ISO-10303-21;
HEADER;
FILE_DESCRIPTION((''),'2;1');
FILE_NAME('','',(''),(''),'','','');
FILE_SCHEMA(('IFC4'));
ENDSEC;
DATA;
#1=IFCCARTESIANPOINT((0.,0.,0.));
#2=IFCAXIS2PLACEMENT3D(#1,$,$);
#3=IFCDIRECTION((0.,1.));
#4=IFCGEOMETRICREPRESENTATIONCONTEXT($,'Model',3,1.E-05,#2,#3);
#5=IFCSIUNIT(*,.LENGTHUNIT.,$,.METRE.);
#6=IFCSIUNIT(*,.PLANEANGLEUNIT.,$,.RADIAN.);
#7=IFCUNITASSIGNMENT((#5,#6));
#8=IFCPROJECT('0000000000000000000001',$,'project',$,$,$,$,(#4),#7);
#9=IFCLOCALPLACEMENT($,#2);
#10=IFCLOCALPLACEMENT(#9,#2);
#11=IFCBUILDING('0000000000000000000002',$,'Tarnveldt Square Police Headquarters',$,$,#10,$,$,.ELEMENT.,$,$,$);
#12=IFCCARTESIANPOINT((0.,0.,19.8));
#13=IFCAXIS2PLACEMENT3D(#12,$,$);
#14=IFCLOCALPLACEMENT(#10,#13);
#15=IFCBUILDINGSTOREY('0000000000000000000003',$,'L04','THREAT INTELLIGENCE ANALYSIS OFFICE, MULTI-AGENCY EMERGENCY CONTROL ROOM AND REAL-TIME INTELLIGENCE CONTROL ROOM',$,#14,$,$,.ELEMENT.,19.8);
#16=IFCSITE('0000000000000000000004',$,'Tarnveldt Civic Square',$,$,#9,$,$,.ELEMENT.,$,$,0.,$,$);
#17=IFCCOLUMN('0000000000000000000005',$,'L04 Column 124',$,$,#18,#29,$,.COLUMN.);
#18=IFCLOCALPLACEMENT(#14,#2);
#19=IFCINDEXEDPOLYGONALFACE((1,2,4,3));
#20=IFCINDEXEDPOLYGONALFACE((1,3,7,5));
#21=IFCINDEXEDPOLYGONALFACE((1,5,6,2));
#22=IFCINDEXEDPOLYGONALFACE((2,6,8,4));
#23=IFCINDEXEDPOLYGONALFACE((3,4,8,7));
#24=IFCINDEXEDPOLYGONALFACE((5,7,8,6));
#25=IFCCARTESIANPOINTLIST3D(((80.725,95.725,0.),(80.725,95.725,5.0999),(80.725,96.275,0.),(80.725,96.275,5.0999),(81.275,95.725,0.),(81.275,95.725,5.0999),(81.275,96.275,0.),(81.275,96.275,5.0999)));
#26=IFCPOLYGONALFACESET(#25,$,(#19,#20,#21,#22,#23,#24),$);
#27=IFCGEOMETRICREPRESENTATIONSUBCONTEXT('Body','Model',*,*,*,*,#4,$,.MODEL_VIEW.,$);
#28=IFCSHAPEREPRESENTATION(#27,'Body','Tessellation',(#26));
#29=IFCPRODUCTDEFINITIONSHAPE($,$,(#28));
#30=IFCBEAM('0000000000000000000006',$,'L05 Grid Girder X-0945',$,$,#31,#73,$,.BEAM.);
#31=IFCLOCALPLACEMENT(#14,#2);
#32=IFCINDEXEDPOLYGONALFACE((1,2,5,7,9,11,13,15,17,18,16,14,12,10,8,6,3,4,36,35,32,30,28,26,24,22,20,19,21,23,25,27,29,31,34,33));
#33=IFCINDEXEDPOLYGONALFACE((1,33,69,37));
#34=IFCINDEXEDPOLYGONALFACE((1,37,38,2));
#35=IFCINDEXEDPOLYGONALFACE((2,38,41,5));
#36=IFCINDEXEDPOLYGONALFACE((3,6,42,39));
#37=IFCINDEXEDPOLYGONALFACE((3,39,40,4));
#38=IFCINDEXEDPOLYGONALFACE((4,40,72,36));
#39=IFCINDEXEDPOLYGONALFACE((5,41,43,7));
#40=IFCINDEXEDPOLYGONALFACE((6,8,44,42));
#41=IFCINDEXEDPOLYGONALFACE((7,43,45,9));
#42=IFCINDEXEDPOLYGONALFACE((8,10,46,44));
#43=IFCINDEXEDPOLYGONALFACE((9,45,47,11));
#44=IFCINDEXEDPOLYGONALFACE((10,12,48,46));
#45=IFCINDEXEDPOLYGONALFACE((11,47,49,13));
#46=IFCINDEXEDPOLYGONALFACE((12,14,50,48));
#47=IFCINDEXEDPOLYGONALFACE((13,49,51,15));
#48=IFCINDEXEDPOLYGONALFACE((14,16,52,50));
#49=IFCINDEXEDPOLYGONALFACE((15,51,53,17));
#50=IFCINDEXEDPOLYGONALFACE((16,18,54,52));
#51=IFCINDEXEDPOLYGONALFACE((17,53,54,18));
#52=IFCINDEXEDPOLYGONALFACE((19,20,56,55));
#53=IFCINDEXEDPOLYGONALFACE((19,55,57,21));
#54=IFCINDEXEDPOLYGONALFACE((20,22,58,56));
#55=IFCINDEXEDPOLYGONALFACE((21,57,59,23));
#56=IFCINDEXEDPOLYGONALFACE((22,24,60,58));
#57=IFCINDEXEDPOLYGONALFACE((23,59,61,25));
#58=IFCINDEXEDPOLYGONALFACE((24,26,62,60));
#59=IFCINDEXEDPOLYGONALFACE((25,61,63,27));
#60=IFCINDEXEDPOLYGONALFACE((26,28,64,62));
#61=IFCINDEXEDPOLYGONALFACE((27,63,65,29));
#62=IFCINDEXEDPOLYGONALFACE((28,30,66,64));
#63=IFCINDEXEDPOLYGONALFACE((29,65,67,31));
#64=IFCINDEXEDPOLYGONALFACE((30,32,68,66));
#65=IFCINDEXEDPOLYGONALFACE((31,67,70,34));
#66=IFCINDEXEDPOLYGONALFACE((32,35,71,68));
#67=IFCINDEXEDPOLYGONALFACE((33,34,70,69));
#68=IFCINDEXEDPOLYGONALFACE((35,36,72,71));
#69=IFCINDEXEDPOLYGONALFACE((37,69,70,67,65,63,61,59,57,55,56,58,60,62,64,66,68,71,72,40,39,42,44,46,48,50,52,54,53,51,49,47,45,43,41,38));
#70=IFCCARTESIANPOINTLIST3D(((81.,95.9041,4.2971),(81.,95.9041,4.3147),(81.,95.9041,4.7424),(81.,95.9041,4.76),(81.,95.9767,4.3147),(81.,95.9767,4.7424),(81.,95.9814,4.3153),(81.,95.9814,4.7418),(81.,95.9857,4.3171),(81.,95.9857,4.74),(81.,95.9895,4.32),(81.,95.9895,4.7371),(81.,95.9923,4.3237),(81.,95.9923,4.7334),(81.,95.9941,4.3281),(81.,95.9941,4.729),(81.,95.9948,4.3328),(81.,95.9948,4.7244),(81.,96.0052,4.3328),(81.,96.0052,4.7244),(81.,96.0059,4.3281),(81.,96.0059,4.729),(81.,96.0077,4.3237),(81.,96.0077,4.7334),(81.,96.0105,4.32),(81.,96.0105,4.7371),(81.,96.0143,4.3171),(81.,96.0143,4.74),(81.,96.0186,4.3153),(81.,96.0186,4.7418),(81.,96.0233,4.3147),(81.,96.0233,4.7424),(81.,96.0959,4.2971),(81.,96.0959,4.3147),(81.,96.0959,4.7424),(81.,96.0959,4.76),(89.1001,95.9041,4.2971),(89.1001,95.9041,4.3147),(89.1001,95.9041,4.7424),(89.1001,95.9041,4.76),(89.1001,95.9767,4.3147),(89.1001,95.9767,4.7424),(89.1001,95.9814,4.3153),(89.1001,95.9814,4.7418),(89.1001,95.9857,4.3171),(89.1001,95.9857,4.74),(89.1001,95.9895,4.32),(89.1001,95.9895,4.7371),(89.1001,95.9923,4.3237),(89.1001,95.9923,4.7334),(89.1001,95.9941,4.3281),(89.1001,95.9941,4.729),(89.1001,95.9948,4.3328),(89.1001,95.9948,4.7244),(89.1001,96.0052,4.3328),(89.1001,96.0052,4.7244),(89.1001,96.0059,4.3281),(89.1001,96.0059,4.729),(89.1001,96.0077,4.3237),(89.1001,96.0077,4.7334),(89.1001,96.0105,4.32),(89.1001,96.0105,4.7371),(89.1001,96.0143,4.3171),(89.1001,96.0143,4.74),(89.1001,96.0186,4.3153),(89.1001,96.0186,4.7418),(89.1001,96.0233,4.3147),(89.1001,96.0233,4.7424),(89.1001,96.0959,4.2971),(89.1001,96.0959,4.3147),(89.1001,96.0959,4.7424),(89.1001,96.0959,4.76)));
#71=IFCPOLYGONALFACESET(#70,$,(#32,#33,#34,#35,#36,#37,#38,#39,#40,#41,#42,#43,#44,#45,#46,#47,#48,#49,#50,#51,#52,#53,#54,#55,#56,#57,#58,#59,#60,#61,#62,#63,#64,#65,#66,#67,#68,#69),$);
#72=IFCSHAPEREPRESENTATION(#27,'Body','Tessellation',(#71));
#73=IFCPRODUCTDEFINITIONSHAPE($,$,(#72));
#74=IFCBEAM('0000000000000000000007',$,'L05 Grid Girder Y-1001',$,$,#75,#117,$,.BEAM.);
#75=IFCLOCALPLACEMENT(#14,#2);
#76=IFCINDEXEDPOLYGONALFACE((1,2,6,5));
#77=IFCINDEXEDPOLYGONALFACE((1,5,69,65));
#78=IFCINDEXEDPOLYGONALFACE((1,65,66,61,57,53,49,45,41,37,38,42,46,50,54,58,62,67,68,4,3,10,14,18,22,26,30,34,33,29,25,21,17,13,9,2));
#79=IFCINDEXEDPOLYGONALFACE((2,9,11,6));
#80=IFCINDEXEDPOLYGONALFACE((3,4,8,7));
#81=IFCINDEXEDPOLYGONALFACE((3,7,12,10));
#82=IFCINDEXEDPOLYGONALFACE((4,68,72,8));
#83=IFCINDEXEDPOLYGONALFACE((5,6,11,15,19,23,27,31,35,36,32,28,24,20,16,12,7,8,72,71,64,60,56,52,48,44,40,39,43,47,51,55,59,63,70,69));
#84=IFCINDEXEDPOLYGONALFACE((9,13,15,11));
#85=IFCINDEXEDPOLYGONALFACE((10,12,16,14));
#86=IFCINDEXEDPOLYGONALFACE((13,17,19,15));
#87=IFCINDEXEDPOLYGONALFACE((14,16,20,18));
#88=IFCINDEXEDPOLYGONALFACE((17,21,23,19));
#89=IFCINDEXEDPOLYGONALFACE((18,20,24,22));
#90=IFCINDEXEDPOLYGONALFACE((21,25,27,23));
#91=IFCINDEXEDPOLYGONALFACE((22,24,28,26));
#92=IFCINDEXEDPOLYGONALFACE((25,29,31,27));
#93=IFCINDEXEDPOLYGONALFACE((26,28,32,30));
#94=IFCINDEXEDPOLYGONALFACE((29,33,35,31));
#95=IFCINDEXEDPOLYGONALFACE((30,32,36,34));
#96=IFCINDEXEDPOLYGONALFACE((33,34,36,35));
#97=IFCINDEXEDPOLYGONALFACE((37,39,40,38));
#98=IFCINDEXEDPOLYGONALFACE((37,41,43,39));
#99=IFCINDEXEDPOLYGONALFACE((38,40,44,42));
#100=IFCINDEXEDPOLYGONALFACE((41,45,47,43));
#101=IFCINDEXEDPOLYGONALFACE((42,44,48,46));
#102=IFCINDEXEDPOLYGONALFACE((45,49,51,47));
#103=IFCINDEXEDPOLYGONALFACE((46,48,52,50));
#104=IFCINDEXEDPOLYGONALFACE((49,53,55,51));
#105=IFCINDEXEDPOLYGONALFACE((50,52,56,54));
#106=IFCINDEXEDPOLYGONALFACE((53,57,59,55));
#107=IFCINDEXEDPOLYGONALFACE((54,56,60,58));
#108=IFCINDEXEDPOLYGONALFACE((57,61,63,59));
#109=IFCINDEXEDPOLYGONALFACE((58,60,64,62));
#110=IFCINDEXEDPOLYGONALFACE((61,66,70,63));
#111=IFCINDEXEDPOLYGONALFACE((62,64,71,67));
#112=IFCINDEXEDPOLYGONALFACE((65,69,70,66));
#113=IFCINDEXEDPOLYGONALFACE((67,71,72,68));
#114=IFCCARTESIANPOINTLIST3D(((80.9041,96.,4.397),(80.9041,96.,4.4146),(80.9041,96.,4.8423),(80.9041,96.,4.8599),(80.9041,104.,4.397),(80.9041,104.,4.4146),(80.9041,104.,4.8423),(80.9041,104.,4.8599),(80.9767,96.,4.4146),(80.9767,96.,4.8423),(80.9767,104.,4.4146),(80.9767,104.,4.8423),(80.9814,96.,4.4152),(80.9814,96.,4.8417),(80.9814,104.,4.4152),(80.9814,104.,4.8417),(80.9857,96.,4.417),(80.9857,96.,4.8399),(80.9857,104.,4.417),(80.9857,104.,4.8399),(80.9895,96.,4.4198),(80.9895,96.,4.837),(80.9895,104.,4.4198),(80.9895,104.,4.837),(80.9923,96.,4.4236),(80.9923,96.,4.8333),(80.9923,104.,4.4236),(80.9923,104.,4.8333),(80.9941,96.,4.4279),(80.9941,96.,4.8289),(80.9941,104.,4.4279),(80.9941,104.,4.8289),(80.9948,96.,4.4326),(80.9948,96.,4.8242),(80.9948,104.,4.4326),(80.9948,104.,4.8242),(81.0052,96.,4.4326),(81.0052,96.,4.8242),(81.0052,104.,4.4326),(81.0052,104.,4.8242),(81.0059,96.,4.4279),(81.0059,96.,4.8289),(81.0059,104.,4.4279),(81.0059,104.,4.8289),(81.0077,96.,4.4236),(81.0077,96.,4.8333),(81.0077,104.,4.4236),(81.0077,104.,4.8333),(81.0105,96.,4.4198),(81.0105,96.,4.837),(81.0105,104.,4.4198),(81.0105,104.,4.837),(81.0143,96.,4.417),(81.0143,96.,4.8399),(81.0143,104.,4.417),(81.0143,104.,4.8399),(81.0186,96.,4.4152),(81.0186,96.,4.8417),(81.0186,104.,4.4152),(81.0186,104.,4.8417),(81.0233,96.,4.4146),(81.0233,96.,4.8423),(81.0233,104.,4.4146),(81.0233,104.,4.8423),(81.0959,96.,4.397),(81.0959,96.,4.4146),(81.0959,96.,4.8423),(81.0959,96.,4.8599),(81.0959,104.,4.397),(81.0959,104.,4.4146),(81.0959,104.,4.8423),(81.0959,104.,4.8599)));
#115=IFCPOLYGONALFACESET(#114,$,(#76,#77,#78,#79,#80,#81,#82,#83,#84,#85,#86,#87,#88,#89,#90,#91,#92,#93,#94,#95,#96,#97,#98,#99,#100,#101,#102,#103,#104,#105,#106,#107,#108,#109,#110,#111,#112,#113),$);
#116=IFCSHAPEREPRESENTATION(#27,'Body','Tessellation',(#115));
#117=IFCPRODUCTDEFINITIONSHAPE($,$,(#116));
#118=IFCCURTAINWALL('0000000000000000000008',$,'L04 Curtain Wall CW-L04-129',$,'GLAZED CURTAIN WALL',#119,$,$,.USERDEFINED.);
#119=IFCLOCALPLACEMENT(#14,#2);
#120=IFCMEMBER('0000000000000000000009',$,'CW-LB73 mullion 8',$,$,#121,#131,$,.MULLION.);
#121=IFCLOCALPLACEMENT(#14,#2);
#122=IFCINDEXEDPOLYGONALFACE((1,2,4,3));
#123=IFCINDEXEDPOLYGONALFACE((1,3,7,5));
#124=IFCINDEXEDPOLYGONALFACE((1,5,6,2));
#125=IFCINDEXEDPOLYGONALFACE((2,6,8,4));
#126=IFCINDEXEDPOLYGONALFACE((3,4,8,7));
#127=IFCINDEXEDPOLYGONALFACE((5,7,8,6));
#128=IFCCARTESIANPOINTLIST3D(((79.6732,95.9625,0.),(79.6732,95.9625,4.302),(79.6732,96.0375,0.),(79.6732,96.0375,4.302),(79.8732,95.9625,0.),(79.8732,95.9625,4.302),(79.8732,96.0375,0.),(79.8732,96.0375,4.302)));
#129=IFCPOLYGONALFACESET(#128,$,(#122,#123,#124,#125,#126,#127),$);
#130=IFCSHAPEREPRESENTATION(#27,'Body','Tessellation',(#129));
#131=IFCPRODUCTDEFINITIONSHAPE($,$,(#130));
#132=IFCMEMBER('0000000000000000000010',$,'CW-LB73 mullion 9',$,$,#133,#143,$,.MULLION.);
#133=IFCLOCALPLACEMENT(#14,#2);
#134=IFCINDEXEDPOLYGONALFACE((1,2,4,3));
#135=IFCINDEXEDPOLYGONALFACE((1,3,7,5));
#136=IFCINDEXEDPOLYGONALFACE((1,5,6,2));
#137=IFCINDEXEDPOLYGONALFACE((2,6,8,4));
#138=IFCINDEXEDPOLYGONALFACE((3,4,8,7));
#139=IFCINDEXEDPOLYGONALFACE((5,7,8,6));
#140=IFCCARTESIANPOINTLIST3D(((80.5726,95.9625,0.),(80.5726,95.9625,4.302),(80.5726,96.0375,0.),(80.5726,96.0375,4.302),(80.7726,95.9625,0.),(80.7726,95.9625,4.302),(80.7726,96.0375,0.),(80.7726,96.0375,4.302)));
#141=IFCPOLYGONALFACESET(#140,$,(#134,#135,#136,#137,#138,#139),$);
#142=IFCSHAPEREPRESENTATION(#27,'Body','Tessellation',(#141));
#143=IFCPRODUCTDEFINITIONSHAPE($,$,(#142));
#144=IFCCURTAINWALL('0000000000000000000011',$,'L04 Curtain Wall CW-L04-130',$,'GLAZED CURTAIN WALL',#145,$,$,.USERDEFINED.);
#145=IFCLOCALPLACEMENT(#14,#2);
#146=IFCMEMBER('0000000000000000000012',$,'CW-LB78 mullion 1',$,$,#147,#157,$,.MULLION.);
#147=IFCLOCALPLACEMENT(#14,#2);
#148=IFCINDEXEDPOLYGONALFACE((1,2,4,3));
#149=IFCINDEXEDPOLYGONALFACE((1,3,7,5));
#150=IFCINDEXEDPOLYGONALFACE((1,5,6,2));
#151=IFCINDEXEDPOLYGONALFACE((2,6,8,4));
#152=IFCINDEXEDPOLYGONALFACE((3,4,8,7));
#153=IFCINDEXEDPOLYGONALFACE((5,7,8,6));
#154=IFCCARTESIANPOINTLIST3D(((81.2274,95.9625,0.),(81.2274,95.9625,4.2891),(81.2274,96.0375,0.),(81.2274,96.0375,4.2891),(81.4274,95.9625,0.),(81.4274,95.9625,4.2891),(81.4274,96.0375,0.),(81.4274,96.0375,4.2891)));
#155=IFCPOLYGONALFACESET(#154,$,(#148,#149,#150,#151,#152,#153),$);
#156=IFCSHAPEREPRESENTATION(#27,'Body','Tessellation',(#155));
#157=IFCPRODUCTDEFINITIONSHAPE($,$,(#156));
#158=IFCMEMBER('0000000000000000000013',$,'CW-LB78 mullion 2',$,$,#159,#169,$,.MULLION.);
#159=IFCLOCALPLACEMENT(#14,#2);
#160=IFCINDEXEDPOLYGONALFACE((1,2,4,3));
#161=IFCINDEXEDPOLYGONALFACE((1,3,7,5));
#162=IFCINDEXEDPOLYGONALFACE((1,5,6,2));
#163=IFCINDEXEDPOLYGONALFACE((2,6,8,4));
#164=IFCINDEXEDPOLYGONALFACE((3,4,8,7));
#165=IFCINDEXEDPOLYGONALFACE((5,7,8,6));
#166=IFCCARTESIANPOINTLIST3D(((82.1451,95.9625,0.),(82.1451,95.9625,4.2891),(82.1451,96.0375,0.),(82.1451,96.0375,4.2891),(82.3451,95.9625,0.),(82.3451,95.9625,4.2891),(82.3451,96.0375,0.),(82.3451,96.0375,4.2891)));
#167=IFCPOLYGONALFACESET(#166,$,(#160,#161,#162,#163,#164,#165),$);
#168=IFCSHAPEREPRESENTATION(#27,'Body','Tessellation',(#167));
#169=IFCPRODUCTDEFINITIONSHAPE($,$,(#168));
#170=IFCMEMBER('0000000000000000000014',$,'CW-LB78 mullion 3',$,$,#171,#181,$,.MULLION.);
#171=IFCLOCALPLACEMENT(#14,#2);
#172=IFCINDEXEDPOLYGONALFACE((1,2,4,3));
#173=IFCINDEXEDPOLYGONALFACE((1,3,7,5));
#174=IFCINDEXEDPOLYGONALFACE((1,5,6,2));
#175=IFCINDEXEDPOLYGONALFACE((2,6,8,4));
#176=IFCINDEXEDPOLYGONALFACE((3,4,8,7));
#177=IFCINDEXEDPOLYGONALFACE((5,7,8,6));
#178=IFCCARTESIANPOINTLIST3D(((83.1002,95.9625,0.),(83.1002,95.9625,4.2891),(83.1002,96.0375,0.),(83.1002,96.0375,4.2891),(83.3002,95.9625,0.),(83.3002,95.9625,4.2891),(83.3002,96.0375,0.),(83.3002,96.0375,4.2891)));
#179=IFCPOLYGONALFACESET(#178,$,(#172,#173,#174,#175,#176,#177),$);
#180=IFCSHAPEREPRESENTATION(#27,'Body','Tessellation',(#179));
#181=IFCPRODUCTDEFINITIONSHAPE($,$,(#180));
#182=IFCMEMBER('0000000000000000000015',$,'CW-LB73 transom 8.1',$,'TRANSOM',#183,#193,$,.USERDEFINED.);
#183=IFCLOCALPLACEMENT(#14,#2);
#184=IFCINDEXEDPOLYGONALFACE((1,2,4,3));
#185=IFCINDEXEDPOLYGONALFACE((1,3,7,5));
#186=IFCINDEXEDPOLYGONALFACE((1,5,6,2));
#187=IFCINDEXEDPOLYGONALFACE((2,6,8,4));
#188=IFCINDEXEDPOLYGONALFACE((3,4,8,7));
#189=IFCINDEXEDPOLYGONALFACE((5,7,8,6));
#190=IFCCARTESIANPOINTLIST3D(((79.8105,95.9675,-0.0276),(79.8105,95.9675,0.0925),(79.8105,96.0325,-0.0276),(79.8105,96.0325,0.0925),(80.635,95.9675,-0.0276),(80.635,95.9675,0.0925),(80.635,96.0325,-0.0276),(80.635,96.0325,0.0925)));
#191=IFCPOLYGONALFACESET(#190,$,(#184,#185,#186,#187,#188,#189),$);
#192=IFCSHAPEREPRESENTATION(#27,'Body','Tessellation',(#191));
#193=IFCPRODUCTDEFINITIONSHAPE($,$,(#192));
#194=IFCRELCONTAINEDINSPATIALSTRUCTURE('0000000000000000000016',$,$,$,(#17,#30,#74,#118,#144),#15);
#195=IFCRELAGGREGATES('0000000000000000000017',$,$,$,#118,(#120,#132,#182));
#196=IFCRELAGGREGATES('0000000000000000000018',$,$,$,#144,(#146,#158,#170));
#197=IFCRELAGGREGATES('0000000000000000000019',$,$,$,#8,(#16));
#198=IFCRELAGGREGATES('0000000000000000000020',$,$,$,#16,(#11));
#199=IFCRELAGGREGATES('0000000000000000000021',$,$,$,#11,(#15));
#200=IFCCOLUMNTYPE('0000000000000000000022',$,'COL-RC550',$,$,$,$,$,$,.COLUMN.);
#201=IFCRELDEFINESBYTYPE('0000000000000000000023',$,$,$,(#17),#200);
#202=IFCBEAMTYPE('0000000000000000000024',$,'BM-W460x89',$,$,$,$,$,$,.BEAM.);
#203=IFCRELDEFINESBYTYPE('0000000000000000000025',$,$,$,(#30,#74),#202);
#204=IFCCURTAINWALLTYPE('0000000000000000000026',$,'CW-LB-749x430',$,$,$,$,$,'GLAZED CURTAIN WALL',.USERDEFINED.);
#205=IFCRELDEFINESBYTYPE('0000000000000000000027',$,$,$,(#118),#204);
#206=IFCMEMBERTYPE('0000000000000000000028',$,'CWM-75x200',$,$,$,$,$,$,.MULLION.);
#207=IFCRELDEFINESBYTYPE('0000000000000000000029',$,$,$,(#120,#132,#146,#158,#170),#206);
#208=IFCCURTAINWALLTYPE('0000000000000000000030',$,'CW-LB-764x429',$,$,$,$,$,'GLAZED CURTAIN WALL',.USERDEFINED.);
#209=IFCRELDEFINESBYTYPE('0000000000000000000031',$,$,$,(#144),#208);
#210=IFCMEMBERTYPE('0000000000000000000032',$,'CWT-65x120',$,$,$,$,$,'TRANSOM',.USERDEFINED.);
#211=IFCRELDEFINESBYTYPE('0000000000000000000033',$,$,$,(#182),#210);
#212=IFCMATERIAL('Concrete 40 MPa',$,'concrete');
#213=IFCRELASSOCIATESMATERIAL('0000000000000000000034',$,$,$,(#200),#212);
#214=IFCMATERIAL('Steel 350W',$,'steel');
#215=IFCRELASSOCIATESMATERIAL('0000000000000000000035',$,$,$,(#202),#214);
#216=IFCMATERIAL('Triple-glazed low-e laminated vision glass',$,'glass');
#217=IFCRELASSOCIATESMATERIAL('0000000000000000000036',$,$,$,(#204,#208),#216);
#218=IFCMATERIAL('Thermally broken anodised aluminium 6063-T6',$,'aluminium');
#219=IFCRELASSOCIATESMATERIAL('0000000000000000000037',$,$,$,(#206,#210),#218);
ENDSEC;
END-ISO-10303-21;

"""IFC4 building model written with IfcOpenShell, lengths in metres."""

from ifc_helpers import new_model, si_unit, direction, frame, origin, origin_2d, place, context, subcontext, project, spatial, rectangle, i_section, extrude, material, material_profile, profile_set, type_object, element, aggregate, save


model = new_model("IFC4")

# Units and contexts
model_context = context("Model", 3, precision=1e-05, world=origin(), true_north=direction((0.0, 1.0)))
body_context = subcontext(model_context, "Body", "Model", "MODEL_VIEW")
ifc_project = project(units=[si_unit("LENGTHUNIT", "METRE"), si_unit("PLANEANGLEUNIT", "RADIAN")], contexts=[model_context])

# Site, building, storey
site_placement = place(None, origin())
site = spatial("IfcSite", under=ifc_project, at=site_placement, Name="Tarnveldt Civic Square", CompositionType="ELEMENT", RefElevation=0.0)
building_placement = place(site_placement, origin())
building = spatial("IfcBuilding", under=site, at=building_placement, Name="Tarnveldt Square Police Headquarters", CompositionType="ELEMENT")
storey_placement = place(building_placement, frame((0.0, 0.0, 19.8)))
storey = spatial("IfcBuildingStorey", under=building, at=storey_placement, Name="L04", Description="THREAT INTELLIGENCE ANALYSIS OFFICE, MULTI-AGENCY EMERGENCY CONTROL ROOM AND REAL-TIME INTELLIGENCE CONTROL ROOM", CompositionType="ELEMENT", Elevation=19.8)

# Column
ifc_material_1 = material(Name="Concrete 40 MPa", Category="concrete")
ifc_material_profile_1 = material_profile(ifc_material_1, rectangle(XDim=0.55, YDim=0.55, at=origin_2d()), Name="RC-C550x550")
ifc_profile_set_1 = profile_set([ifc_material_profile_1], Name="Concrete 40 MPa")
column_type = type_object("IfcColumnType", Name="COL-RC550", PredefinedType="COLUMN", material=ifc_profile_set_1)
column_placement = place(storey_placement, frame((81.0, 96.0, 0.0), z_axis=(0.0, 0.0, 1.0), x_axis=(1.0, 0.0, 0.0)))
element("IfcColumn", 1, at=column_placement, inside=storey, type_object=column_type, Name="L04 Column 124", PredefinedType="COLUMN", context=body_context, shape_type="SweptSolid", body=[
    extrude(rectangle(XDim=0.55, YDim=0.55, at=origin_2d()), origin(), (0.0, 0.0, 1.0), 5.0999),
])

# Beams
ifc_material_2 = material(Name="Steel 350W", Category="steel")
ifc_material_profile_2 = material_profile(ifc_material_2, i_section(OverallWidth=0.1919, OverallDepth=0.4629, WebThickness=0.0105, FlangeThickness=0.0176, FilletRadius=0.0181, at=origin_2d()), Name="W460x89")
ifc_profile_set_2 = profile_set([ifc_material_profile_2], Name="Steel 350W")
beam_type = type_object("IfcBeamType", Name="BM-W460x89", PredefinedType="BEAM", material=ifc_profile_set_2)
beam_1_placement = place(storey_placement, frame((81.0, 96.0, 4.5286), z_axis=(1.0, 0.0, 0.0), x_axis=(0.0, 1.0, 0.0)))
element("IfcBeam", 2, at=beam_1_placement, inside=storey, type_object=beam_type, Name="L05 Grid Girder X-0945", PredefinedType="BEAM", context=body_context, shape_type="SweptSolid", body=[
    extrude(i_section(OverallWidth=0.1919, OverallDepth=0.4629, WebThickness=0.0105, FlangeThickness=0.0176, FilletRadius=0.0181, at=origin_2d()), origin(), (0.0, 0.0, 1.0), 8.1001),
])
beam_2_placement = place(storey_placement, frame((81.0, 96.0, 4.6284), z_axis=(0.0, 1.0, 0.0), x_axis=(-1.0, 0.0, 0.0)))
element("IfcBeam", 3, at=beam_2_placement, inside=storey, type_object=beam_type, Name="L05 Grid Girder Y-1001", PredefinedType="BEAM", context=body_context, shape_type="SweptSolid", body=[
    extrude(i_section(OverallWidth=0.1919, OverallDepth=0.4629, WebThickness=0.0105, FlangeThickness=0.0176, FilletRadius=0.0181, at=origin_2d()), origin(), (0.0, 0.0, 1.0), 8.0),
])

# Curtain walls, members
ifc_material_3 = material(Name="Triple-glazed low-e laminated vision glass", Category="glass")
curtain_wall_type_1 = type_object("IfcCurtainWallType", Name="CW-LB-749x430", ElementType="GLAZED CURTAIN WALL", PredefinedType="USERDEFINED", material=ifc_material_3)
curtain_wall_1_placement = place(storey_placement, origin())
curtain_wall_1 = element("IfcCurtainWall", 4, at=curtain_wall_1_placement, inside=storey, type_object=curtain_wall_type_1, Name="L04 Curtain Wall CW-L04-129", ObjectType="GLAZED CURTAIN WALL", PredefinedType="USERDEFINED")
ifc_material_4 = material(Name="Thermally broken anodised aluminium 6063-T6", Category="aluminium")
ifc_material_profile_3 = material_profile(ifc_material_4, rectangle(XDim=0.075, YDim=0.2, at=origin_2d()), Name="CW-M75x200")
ifc_profile_set_3 = profile_set([ifc_material_profile_3], Name="Thermally broken anodised aluminium 6063-T6")
member_type_1 = type_object("IfcMemberType", Name="CWM-75x200", PredefinedType="MULLION", material=ifc_profile_set_3)
member_1_placement = place(storey_placement, frame((79.7732, 96.0, 0.0), z_axis=(0.0, 0.0, 1.0), x_axis=(0.0, 1.0, 0.0)))
member_1 = element("IfcMember", 5, at=member_1_placement, type_object=member_type_1, Name="CW-LB73 mullion 8", PredefinedType="MULLION", context=body_context, shape_type="SweptSolid", body=[
    extrude(rectangle(XDim=0.075, YDim=0.2, at=origin_2d()), origin(), (0.0, 0.0, 1.0), 4.302),
])
member_2_placement = place(storey_placement, frame((80.6726, 96.0, 0.0), z_axis=(0.0, 0.0, 1.0), x_axis=(0.0, 1.0, 0.0)))
member_2 = element("IfcMember", 6, at=member_2_placement, type_object=member_type_1, Name="CW-LB73 mullion 9", PredefinedType="MULLION", context=body_context, shape_type="SweptSolid", body=[
    extrude(rectangle(XDim=0.075, YDim=0.2, at=origin_2d()), origin(), (0.0, 0.0, 1.0), 4.302),
])
curtain_wall_type_2 = type_object("IfcCurtainWallType", Name="CW-LB-764x429", ElementType="GLAZED CURTAIN WALL", PredefinedType="USERDEFINED", material=ifc_material_3)
curtain_wall_2_placement = place(storey_placement, origin())
curtain_wall_2 = element("IfcCurtainWall", 7, at=curtain_wall_2_placement, inside=storey, type_object=curtain_wall_type_2, Name="L04 Curtain Wall CW-L04-130", ObjectType="GLAZED CURTAIN WALL", PredefinedType="USERDEFINED")
member_3_placement = place(storey_placement, frame((81.3274, 96.0, 0.0), z_axis=(0.0, 0.0, 1.0), x_axis=(0.0, 1.0, 0.0)))
member_3 = element("IfcMember", 8, at=member_3_placement, type_object=member_type_1, Name="CW-LB78 mullion 1", PredefinedType="MULLION", context=body_context, shape_type="SweptSolid", body=[
    extrude(rectangle(XDim=0.075, YDim=0.2, at=origin_2d()), origin(), (0.0, 0.0, 1.0), 4.2891),
])
member_4_placement = place(storey_placement, frame((82.2451, 96.0, 0.0), z_axis=(0.0, 0.0, 1.0), x_axis=(0.0, 1.0, 0.0)))
member_4 = element("IfcMember", 9, at=member_4_placement, type_object=member_type_1, Name="CW-LB78 mullion 2", PredefinedType="MULLION", context=body_context, shape_type="SweptSolid", body=[
    extrude(rectangle(XDim=0.075, YDim=0.2, at=origin_2d()), origin(), (0.0, 0.0, 1.0), 4.2891),
])
member_5_placement = place(storey_placement, frame((83.2002, 96.0, 0.0), z_axis=(0.0, 0.0, 1.0), x_axis=(0.0, 1.0, 0.0)))
member_5 = element("IfcMember", 10, at=member_5_placement, type_object=member_type_1, Name="CW-LB78 mullion 3", PredefinedType="MULLION", context=body_context, shape_type="SweptSolid", body=[
    extrude(rectangle(XDim=0.075, YDim=0.2, at=origin_2d()), origin(), (0.0, 0.0, 1.0), 4.2891),
])

# Member
ifc_material_profile_4 = material_profile(ifc_material_4, rectangle(XDim=0.0649, YDim=0.1201, at=origin_2d()), Name="CW-T65x120")
ifc_profile_set_4 = profile_set([ifc_material_profile_4], Name="Thermally broken anodised aluminium 6063-T6")
member_type_2 = type_object("IfcMemberType", Name="CWT-65x120", ElementType="TRANSOM", PredefinedType="USERDEFINED", material=ifc_profile_set_4)
member_6_placement = place(storey_placement, frame((79.8105, 96.0, 0.0325), z_axis=(1.0, 0.0, 0.0), x_axis=(0.0, 1.0, 0.0)))
member_6 = element("IfcMember", 11, at=member_6_placement, type_object=member_type_2, Name="CW-LB73 transom 8.1", ObjectType="TRANSOM", PredefinedType="USERDEFINED", context=body_context, shape_type="SweptSolid", body=[
    extrude(rectangle(XDim=0.0649, YDim=0.1201, at=origin_2d()), origin(), (0.0, 0.0, 1.0), 0.8245),
])

aggregate(curtain_wall_1, [member_1, member_2, member_6])
aggregate(curtain_wall_2, [member_3, member_4, member_5])

save(model, "model.ifc")
